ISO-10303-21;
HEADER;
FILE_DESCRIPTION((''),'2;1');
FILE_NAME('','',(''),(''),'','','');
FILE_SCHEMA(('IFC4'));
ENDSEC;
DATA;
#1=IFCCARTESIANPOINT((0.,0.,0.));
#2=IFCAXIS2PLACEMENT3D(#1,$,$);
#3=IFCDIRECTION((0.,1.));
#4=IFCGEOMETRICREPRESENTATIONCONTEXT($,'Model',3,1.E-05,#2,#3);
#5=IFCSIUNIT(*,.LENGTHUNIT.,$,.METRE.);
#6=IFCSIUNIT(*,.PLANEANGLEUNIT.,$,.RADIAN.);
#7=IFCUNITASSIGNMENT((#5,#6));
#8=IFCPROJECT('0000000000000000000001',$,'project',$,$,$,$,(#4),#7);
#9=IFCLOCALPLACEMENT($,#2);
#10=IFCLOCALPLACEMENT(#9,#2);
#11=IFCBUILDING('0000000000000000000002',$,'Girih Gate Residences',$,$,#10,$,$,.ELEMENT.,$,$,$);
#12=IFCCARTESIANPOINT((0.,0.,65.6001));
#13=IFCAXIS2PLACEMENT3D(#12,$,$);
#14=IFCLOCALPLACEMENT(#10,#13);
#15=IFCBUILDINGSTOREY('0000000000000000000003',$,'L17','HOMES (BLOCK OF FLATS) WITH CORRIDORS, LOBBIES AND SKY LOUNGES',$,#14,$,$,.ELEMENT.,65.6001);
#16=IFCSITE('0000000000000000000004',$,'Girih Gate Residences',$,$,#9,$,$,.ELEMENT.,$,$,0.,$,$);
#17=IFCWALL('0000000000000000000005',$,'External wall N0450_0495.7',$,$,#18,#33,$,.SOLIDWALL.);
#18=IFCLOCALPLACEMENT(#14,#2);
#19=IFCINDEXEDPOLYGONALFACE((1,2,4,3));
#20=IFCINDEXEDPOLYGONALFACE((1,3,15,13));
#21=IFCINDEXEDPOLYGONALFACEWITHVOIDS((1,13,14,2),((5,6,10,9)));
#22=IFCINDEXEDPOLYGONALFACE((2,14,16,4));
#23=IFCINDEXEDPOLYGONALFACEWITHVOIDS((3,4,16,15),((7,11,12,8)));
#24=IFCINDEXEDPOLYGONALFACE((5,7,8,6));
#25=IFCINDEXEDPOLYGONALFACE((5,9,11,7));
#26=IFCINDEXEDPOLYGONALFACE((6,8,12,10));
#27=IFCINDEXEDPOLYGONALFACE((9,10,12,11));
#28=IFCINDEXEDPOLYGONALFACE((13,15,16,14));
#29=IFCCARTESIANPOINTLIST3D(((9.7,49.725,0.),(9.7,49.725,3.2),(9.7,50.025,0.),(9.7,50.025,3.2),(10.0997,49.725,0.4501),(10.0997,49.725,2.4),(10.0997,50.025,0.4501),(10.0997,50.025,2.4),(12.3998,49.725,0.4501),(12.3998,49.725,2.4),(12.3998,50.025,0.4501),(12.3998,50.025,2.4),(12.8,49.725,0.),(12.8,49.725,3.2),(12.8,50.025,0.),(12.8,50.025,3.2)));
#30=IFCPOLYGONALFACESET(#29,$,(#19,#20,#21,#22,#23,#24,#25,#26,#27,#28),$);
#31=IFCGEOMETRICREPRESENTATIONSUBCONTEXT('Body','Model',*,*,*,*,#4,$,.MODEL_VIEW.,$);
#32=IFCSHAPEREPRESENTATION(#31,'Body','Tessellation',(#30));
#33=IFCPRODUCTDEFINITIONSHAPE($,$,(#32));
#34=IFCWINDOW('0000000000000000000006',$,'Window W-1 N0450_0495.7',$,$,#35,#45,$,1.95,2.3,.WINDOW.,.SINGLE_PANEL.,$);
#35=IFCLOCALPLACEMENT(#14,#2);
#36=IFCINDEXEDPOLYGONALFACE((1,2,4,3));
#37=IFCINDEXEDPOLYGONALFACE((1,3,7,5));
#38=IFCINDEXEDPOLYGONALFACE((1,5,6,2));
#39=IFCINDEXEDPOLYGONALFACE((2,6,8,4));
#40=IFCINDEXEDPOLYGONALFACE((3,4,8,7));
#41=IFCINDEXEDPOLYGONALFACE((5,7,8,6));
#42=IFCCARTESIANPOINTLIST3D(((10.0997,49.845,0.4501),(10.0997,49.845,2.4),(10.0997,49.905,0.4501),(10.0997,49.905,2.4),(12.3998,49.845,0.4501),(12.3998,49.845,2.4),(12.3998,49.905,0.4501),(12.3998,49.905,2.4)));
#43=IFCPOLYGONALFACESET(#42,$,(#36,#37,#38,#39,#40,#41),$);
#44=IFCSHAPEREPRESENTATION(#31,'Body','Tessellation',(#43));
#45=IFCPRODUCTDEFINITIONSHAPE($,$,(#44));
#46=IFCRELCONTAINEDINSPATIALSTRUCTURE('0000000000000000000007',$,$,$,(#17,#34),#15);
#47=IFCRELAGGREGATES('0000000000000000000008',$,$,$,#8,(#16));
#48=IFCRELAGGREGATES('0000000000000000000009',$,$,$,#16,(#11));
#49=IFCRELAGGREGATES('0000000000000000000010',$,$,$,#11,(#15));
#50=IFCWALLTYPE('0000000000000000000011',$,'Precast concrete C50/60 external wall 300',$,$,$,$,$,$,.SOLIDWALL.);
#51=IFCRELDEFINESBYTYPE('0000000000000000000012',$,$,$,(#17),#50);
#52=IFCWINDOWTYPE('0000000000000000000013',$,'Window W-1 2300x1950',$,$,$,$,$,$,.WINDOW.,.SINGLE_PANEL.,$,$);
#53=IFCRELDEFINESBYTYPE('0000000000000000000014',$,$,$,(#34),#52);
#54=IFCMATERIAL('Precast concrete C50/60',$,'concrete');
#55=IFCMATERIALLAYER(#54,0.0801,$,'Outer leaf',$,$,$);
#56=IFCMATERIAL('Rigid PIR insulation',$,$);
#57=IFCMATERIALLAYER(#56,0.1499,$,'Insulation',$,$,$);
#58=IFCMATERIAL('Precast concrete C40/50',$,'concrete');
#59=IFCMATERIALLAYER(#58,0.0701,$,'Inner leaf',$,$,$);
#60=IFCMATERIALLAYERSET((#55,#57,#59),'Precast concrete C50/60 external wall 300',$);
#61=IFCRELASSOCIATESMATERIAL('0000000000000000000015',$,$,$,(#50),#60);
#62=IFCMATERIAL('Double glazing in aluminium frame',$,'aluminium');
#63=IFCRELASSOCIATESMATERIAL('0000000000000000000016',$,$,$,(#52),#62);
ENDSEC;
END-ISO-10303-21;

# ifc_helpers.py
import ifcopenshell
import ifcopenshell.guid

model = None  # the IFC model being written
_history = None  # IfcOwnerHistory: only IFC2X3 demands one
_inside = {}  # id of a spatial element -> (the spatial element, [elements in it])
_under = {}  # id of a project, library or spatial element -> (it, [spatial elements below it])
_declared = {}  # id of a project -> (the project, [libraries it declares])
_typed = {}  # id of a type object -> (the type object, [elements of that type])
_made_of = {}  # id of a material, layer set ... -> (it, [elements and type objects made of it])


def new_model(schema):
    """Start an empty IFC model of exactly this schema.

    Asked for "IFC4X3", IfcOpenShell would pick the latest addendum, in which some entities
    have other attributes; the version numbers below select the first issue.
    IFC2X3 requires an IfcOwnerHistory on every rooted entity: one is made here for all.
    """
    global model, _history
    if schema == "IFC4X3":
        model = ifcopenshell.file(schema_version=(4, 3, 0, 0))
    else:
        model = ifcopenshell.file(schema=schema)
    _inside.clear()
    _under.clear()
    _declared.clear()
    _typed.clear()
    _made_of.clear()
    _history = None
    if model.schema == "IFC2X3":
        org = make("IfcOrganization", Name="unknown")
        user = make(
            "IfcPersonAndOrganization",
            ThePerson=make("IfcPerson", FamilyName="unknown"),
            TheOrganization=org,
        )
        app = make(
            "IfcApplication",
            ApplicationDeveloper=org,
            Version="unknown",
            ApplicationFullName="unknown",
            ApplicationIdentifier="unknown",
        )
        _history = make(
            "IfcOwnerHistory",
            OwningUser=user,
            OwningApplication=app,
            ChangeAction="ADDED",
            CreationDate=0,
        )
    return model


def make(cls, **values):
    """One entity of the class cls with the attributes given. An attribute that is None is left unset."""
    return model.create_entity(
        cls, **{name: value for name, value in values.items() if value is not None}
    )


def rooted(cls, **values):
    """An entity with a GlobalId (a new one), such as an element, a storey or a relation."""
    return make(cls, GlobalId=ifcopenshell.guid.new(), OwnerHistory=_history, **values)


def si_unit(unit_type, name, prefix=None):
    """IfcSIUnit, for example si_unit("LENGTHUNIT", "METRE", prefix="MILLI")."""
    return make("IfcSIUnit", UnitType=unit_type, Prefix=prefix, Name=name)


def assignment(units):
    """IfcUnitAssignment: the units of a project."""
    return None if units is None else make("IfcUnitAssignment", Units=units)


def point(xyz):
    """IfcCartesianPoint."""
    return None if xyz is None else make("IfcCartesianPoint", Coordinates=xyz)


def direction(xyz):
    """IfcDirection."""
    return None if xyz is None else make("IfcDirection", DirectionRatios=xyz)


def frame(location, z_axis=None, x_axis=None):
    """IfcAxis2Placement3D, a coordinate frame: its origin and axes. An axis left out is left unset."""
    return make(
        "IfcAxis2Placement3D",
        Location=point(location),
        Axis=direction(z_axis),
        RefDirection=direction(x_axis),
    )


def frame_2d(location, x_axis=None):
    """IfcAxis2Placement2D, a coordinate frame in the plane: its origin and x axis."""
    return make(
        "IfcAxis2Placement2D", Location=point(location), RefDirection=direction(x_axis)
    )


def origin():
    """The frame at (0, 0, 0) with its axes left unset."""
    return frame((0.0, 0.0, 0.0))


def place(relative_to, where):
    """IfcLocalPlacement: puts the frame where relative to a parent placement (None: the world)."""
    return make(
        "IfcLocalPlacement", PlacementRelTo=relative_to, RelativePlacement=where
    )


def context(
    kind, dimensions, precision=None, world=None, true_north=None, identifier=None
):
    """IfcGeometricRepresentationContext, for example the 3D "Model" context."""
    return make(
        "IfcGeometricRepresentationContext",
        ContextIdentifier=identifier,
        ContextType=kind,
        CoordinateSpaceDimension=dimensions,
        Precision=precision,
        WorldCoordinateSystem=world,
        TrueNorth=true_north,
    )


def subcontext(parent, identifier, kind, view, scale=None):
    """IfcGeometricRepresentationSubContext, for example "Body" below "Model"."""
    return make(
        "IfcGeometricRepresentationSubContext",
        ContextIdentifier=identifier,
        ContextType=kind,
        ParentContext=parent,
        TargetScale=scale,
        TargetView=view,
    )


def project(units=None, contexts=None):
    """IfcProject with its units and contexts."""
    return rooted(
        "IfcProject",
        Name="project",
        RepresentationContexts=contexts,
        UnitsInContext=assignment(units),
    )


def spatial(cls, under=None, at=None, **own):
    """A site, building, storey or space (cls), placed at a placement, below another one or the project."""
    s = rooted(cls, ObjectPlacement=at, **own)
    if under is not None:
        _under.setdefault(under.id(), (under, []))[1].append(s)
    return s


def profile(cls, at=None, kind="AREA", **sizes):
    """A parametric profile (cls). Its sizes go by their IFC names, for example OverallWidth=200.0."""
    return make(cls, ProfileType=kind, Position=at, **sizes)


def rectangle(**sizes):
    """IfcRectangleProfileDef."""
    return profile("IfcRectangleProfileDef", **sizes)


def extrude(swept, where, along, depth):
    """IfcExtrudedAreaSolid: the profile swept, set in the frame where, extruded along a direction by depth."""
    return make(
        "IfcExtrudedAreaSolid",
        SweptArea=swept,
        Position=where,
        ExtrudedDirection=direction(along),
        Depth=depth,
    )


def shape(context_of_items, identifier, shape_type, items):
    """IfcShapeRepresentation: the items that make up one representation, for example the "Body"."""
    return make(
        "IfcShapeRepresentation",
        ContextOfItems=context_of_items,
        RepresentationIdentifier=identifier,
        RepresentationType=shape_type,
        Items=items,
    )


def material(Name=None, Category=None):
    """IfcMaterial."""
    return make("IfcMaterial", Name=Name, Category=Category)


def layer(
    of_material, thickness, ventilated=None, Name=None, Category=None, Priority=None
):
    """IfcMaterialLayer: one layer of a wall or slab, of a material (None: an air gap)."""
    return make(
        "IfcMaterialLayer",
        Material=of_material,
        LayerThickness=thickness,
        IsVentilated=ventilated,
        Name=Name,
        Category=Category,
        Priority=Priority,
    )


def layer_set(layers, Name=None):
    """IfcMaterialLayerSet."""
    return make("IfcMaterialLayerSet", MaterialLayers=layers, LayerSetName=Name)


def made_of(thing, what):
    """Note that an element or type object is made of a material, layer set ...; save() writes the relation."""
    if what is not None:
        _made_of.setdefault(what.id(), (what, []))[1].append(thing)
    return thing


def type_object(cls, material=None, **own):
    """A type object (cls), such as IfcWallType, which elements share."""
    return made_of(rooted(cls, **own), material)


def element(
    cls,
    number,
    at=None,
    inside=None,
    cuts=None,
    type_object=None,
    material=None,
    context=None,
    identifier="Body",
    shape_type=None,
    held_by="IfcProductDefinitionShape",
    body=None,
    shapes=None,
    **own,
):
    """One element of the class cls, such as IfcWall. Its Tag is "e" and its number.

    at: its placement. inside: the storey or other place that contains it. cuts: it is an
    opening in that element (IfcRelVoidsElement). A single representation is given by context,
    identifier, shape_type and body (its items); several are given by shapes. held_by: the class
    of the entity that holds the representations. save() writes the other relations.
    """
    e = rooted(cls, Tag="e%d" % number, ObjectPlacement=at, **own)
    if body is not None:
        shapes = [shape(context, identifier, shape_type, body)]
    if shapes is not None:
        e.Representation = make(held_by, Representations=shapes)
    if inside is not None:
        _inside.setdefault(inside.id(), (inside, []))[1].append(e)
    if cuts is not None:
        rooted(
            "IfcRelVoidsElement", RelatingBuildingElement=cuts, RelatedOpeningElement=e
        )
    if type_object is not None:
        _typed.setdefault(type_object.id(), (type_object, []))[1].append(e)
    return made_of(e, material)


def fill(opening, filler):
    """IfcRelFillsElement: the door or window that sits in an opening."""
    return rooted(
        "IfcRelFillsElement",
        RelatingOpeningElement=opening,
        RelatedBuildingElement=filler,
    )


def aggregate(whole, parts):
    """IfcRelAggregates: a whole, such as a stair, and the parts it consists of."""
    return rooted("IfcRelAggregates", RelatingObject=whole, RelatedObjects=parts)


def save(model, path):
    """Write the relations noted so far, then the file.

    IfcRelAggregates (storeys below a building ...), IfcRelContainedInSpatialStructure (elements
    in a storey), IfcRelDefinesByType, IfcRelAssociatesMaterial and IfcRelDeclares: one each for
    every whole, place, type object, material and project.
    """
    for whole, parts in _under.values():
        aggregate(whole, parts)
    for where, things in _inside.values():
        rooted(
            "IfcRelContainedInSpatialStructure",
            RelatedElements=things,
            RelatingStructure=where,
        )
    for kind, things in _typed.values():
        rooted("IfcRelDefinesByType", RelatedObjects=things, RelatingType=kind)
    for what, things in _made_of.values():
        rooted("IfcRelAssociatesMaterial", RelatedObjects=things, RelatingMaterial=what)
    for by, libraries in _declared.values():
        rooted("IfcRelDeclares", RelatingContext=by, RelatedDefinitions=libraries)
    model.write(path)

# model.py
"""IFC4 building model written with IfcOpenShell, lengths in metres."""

from ifc_helpers import new_model, si_unit, direction, frame, frame_2d, origin, place, context, subcontext, project, spatial, rectangle, extrude, material, layer, layer_set, type_object, element, fill, save


model = new_model("IFC4")

# Units and contexts
model_context = context("Model", 3, precision=1e-05, world=origin(), true_north=direction((0.0, 1.0)))
body_context = subcontext(model_context, "Body", "Model", "MODEL_VIEW")
ifc_project = project(units=[si_unit("LENGTHUNIT", "METRE"), si_unit("PLANEANGLEUNIT", "RADIAN")], contexts=[model_context])

# Site, building, storey
site_placement = place(None, origin())
site = spatial("IfcSite", under=ifc_project, at=site_placement, Name="Girih Gate Residences", CompositionType="ELEMENT", RefElevation=0.0)
building_placement = place(site_placement, origin())
building = spatial("IfcBuilding", under=site, at=building_placement, Name="Girih Gate Residences", CompositionType="ELEMENT")
storey_placement = place(building_placement, frame((0.0, 0.0, 65.6001)))
storey = spatial("IfcBuildingStorey", under=building, at=storey_placement, Name="L17", Description="HOMES (BLOCK OF FLATS) WITH CORRIDORS, LOBBIES AND SKY LOUNGES", CompositionType="ELEMENT", Elevation=65.6001)

# Wall, opening, window
ifc_material_1 = material(Name="Precast concrete C50/60", Category="concrete")
ifc_layer_1 = layer(ifc_material_1, 0.0801, Name="Outer leaf")
ifc_material_2 = material(Name="Rigid PIR insulation")
ifc_layer_2 = layer(ifc_material_2, 0.1499, Name="Insulation")
ifc_material_3 = material(Name="Precast concrete C40/50", Category="concrete")
ifc_layer_3 = layer(ifc_material_3, 0.0701, Name="Inner leaf")
ifc_layer_set_1 = layer_set([ifc_layer_1, ifc_layer_2, ifc_layer_3], Name="Precast concrete C50/60 external wall 300")
wall_type_1 = type_object("IfcWallType", Name="Precast concrete C50/60 external wall 300", PredefinedType="SOLIDWALL", material=ifc_layer_set_1)
ifc_material_4 = material(Name="Double glazing in aluminium frame", Category="aluminium")
window_type = type_object("IfcWindowType", Name="Window W-1 2300x1950", PartitioningType="SINGLE_PANEL", PredefinedType="WINDOW", material=ifc_material_4)
wall_1_placement = place(storey_placement, frame((9.7, 49.875, 0.0), z_axis=(0.0, 0.0, 1.0), x_axis=(1.0, 0.0, 0.0)))
wall_1 = element("IfcWall", 1, at=wall_1_placement, inside=storey, type_object=wall_type_1, Name="External wall N0450_0495.7", PredefinedType="SOLIDWALL", context=body_context, shape_type="SweptSolid", body=[
    extrude(rectangle(XDim=3.1001, YDim=0.3, at=frame_2d((1.55, 0.0))), origin(), (0.0, 0.0, 1.0), 3.2),
])
opening_1_placement = place(wall_1_placement, frame((0.3999, 0.0, 0.45)))
opening_1 = element("IfcOpeningElement", 2, at=opening_1_placement, cuts=wall_1, PredefinedType="OPENING", context=body_context, shape_type="SweptSolid", body=[
    extrude(rectangle(XDim=2.3, YDim=1.95, at=frame_2d((1.1499, 0.9751))), frame((0.0, 0.1599, 0.0), z_axis=(0.0, -1.0, 0.0), x_axis=(1.0, 0.0, 0.0)), (0.0, 0.0, 1.0), 0.3201),
])
window_1_placement = place(opening_1_placement, origin())
window_1 = element("IfcWindow", 3, at=window_1_placement, inside=storey, type_object=window_type, Name="Window W-1 N0450_0495.7", OverallHeight=1.95, OverallWidth=2.3, PartitioningType="SINGLE_PANEL", PredefinedType="WINDOW", context=body_context, shape_type="SweptSolid", body=[
    extrude(rectangle(XDim=2.3, YDim=1.95, at=frame_2d((1.1499, 0.9751))), frame((0.0, 0.03, 0.0), z_axis=(0.0, -1.0, 0.0), x_axis=(1.0, 0.0, 0.0)), (0.0, 0.0, 1.0), 0.0601),
])
fill(opening_1, window_1)

save(model, "model.ifc")
